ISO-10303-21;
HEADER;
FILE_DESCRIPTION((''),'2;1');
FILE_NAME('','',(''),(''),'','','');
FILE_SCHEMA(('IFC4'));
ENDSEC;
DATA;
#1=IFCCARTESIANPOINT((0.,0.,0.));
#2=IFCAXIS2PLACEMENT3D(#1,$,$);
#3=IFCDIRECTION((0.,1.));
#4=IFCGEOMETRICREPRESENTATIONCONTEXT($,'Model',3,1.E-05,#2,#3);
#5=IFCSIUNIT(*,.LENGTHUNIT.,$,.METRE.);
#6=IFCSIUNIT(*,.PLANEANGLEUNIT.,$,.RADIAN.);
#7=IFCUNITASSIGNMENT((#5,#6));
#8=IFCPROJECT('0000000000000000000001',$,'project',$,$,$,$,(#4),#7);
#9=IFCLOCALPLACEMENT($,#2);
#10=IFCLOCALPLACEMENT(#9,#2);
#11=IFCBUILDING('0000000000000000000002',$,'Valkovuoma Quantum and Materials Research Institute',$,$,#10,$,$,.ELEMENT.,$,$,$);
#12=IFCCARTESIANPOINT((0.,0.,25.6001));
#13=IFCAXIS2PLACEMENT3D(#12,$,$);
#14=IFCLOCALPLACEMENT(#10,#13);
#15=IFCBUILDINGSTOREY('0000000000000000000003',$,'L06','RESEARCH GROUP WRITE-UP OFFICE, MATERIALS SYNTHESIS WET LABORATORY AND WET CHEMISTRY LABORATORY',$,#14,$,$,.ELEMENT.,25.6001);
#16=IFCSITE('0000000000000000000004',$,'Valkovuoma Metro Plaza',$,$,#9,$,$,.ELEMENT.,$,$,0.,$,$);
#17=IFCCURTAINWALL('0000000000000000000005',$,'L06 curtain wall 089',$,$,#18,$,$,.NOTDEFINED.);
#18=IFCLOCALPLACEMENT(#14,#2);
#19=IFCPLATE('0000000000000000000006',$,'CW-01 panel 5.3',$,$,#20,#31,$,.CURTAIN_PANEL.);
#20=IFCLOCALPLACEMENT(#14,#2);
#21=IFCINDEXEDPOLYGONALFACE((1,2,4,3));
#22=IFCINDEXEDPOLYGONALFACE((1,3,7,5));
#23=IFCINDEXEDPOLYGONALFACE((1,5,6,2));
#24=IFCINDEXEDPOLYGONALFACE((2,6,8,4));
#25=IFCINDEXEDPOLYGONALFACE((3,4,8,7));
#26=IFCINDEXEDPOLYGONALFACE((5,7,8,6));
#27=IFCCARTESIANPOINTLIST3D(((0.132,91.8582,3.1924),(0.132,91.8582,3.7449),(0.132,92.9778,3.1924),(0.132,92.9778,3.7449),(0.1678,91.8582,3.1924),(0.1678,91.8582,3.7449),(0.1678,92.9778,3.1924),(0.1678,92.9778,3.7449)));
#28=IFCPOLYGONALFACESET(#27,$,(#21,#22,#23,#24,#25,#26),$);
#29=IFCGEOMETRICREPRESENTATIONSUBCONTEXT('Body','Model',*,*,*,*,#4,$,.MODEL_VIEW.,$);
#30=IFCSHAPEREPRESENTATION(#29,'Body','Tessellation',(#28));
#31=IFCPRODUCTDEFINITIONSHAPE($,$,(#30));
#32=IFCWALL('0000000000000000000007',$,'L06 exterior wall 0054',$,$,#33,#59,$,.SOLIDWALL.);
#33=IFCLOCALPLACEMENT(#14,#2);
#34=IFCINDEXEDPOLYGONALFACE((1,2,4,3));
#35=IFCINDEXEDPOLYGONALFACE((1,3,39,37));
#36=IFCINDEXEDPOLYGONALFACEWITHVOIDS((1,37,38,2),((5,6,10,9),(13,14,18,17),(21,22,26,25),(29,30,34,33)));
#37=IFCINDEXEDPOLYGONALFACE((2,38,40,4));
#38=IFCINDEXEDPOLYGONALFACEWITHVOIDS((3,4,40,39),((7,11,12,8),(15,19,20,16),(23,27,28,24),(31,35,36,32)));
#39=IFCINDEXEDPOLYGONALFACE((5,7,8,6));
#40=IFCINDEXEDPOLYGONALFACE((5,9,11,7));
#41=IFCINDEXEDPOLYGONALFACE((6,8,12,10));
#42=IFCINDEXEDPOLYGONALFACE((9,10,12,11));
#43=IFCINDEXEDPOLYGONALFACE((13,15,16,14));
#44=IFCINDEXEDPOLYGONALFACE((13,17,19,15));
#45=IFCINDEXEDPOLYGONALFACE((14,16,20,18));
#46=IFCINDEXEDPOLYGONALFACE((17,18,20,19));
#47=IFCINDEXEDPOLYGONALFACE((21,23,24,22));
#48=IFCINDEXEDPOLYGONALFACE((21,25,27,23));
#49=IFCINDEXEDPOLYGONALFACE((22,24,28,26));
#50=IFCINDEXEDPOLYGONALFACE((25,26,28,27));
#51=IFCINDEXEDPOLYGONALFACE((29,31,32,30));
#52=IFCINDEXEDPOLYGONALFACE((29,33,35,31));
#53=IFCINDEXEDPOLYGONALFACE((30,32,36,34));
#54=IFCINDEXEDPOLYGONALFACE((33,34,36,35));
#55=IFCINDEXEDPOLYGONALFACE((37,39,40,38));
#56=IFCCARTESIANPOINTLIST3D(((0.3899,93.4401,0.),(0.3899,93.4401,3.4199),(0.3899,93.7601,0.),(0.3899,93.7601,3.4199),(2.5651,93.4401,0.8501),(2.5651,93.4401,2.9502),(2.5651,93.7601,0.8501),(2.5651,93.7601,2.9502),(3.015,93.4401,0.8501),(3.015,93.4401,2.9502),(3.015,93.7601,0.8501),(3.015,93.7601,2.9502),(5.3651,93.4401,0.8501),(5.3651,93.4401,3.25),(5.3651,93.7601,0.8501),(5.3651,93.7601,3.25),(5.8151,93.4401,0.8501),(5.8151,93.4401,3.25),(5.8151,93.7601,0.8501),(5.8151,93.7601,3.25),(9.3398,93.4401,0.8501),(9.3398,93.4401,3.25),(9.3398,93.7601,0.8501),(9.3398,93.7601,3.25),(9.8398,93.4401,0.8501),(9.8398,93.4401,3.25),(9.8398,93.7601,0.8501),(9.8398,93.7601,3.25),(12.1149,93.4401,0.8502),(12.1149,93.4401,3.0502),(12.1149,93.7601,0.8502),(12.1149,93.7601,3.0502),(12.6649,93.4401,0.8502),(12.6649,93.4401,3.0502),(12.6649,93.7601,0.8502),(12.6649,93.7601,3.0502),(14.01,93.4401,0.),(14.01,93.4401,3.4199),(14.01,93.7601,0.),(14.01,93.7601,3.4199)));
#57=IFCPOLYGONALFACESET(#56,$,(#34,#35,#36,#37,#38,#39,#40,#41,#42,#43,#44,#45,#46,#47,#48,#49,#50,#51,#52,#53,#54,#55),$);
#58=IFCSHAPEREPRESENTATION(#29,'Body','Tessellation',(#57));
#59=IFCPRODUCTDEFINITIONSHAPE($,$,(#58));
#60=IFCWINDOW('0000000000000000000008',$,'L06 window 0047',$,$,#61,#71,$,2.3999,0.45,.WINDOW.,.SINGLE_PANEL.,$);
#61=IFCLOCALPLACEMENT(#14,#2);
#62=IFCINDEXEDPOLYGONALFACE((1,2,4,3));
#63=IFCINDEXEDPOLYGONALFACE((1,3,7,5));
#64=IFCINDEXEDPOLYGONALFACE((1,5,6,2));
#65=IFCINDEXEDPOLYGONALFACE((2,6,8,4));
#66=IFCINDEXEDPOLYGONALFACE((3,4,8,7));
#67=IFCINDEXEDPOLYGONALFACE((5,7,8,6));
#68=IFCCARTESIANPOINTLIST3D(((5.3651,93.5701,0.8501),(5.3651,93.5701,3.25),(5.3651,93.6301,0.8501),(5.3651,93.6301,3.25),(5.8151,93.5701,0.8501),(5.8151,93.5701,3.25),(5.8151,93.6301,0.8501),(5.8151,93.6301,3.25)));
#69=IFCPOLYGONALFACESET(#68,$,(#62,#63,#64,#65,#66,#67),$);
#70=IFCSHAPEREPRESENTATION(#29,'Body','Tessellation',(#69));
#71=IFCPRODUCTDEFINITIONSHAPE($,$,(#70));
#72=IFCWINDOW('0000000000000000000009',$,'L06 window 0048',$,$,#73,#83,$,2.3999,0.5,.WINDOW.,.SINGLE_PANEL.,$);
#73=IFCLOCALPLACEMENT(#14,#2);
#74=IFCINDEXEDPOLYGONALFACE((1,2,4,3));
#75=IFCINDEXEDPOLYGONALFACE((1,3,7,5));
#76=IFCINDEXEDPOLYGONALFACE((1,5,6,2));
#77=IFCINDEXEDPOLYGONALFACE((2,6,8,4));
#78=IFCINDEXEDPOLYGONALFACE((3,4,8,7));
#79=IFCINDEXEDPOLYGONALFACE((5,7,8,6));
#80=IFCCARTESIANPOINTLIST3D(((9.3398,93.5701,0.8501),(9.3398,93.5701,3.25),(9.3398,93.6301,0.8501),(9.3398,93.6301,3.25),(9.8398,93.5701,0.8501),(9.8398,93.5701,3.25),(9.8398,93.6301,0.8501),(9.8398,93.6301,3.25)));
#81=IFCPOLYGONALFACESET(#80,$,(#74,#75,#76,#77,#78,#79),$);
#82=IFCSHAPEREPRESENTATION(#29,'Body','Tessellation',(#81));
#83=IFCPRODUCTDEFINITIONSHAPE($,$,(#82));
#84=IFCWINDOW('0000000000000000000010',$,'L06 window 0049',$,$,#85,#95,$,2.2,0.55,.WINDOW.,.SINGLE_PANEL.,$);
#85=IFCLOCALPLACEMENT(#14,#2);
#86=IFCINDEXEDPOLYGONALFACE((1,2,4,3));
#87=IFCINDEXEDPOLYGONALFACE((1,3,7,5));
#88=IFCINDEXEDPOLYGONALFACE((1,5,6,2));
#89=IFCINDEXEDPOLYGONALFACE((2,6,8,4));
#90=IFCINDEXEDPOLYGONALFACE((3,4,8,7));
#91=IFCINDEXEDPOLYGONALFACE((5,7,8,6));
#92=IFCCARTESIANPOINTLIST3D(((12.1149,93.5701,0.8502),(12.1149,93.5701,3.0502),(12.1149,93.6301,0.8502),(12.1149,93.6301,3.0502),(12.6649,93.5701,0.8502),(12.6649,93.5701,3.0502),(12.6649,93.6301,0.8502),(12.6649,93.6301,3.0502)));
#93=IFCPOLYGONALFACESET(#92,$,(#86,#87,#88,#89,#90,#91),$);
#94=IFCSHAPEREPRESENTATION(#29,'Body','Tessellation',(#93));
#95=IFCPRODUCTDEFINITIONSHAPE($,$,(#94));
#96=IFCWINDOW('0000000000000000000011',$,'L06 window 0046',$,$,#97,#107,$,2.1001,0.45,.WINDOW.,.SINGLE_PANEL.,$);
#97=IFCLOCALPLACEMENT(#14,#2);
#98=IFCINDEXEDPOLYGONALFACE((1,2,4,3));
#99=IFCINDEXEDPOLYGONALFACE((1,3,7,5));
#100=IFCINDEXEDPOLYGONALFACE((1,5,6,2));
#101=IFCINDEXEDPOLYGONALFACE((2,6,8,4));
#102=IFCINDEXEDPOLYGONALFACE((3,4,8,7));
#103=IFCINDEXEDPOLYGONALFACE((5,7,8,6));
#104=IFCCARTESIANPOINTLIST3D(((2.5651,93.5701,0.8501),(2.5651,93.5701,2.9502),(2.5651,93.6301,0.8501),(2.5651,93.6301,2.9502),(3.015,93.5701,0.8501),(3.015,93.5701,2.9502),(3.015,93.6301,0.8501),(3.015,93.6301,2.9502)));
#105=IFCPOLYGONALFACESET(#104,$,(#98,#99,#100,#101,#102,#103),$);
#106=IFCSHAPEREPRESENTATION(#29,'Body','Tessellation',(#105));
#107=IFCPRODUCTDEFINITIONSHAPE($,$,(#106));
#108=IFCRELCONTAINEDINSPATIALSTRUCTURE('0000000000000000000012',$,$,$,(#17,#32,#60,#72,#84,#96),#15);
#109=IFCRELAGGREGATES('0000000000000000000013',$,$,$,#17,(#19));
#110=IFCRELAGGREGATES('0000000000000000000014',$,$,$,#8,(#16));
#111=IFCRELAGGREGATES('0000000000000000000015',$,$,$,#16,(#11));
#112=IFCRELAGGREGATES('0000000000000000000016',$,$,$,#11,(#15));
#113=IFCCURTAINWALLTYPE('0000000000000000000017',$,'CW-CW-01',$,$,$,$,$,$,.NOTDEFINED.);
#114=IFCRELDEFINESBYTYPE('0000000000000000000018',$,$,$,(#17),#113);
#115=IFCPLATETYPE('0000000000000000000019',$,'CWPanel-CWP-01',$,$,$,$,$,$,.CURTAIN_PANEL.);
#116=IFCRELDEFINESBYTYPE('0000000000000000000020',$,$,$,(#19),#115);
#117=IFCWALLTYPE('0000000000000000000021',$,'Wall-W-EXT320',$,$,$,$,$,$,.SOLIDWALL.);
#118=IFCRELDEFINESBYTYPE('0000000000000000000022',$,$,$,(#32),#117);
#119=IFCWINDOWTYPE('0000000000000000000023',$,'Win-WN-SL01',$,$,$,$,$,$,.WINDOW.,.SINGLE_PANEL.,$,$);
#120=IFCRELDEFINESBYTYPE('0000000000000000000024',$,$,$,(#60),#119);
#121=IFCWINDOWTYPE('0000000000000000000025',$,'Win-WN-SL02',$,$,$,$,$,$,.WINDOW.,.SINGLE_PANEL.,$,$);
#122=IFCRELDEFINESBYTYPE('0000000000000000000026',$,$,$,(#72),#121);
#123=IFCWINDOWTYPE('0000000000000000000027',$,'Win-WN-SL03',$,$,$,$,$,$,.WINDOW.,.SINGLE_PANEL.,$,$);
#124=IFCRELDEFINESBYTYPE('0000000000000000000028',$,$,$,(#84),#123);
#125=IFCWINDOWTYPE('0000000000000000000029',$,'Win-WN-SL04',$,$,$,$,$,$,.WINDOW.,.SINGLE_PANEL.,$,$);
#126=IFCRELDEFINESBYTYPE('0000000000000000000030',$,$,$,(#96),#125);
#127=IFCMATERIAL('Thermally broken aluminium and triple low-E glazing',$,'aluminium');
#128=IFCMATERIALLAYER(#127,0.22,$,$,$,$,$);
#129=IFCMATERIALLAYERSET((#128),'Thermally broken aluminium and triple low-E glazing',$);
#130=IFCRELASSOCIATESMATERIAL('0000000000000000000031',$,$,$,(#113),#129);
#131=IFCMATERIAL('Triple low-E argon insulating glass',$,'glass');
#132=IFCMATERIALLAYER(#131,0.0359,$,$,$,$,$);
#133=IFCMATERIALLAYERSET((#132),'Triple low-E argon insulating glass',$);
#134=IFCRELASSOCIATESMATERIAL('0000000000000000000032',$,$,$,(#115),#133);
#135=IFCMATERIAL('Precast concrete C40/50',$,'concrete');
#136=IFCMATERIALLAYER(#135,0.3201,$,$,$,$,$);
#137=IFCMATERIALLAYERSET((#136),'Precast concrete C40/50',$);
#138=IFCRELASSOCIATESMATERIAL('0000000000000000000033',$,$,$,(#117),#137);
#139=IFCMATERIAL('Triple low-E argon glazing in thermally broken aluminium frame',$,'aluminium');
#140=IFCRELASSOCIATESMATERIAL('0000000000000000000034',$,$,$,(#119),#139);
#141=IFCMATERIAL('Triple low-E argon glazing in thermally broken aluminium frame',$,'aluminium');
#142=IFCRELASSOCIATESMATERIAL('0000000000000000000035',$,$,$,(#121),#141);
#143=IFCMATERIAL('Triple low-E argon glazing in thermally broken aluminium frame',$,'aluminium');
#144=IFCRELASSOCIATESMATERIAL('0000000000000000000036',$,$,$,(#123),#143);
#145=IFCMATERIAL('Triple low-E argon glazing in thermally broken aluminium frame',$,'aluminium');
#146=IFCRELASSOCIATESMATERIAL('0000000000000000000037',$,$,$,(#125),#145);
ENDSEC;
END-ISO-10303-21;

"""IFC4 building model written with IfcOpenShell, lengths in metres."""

from ifc_helpers import new_model, si_unit, direction, frame, frame_2d, origin, origin_2d, place, context, subcontext, project, spatial, rectangle, extrude, material, layer, layer_set, type_object, element, fill, aggregate, save


model = new_model("IFC4")

# Units and contexts
model_context = context("Model", 3, precision=1e-05, world=origin(), true_north=direction((0.0, 1.0)))
body_context = subcontext(model_context, "Body", "Model", "MODEL_VIEW")
ifc_project = project(units=[si_unit("LENGTHUNIT", "METRE"), si_unit("PLANEANGLEUNIT", "RADIAN")], contexts=[model_context])

# Site, building, storey
site_placement = place(None, origin())
site = spatial("IfcSite", under=ifc_project, at=site_placement, Name="Valkovuoma Metro Plaza", CompositionType="ELEMENT", RefElevation=0.0)
building_placement = place(site_placement, origin())
building = spatial("IfcBuilding", under=site, at=building_placement, Name="Valkovuoma Quantum and Materials Research Institute", CompositionType="ELEMENT")
storey_placement = place(building_placement, frame((0.0, 0.0, 25.6001)))
storey = spatial("IfcBuildingStorey", under=building, at=storey_placement, Name="L06", Description="RESEARCH GROUP WRITE-UP OFFICE, MATERIALS SYNTHESIS WET LABORATORY AND WET CHEMISTRY LABORATORY", CompositionType="ELEMENT", Elevation=25.6001)

# Curtain wall, plate
ifc_material_1 = material(Name="Thermally broken aluminium and triple low-E glazing", Category="aluminium")
ifc_layer_1 = layer(ifc_material_1, 0.22)
ifc_layer_set_1 = layer_set([ifc_layer_1], Name="Thermally broken aluminium and triple low-E glazing")
curtain_wall_type = type_object("IfcCurtainWallType", Name="CW-CW-01", PredefinedType="NOTDEFINED", material=ifc_layer_set_1)
curtain_wall_placement = place(storey_placement, origin())
curtain_wall = element("IfcCurtainWall", 1, at=curtain_wall_placement, inside=storey, type_object=curtain_wall_type, Name="L06 curtain wall 089", PredefinedType="NOTDEFINED")
ifc_material_2 = material(Name="Triple low-E argon insulating glass", Category="glass")
ifc_layer_2 = layer(ifc_material_2, 0.0359)
ifc_layer_set_2 = layer_set([ifc_layer_2], Name="Triple low-E argon insulating glass")
plate_type = type_object("IfcPlateType", Name="CWPanel-CWP-01", PredefinedType="CURTAIN_PANEL", material=ifc_layer_set_2)
plate_1_placement = place(storey_placement, frame((0.1499, 92.418, 3.1924), z_axis=(0.0, 0.0, 1.0), x_axis=(0.0, 1.0, 0.0)))
plate_1 = element("IfcPlate", 2, at=plate_1_placement, type_object=plate_type, Name="CW-01 panel 5.3", PredefinedType="CURTAIN_PANEL", context=body_context, shape_type="SweptSolid", body=[
    extrude(rectangle(XDim=1.1196, YDim=0.0359, at=origin_2d()), origin(), (0.0, 0.0, 1.0), 0.5525),
])
aggregate(curtain_wall, [plate_1])

# Wall, openings, windows
ifc_material_3 = material(Name="Precast concrete C40/50", Category="concrete")
ifc_layer_3 = layer(ifc_material_3, 0.3201)
ifc_layer_set_3 = layer_set([ifc_layer_3], Name="Precast concrete C40/50")
wall_type = type_object("IfcWallType", Name="Wall-W-EXT320", PredefinedType="SOLIDWALL", material=ifc_layer_set_3)
wall_placement = place(storey_placement, frame((0.3899, 93.6001, 0.0), z_axis=(0.0, 0.0, 1.0), x_axis=(1.0, 0.0, 0.0)))
wall = element("IfcWall", 3, at=wall_placement, inside=storey, type_object=wall_type, Name="L06 exterior wall 0054", PredefinedType="SOLIDWALL", context=body_context, shape_type="SweptSolid", body=[
    extrude(rectangle(XDim=13.6201, YDim=0.3201, at=frame_2d((6.8101, 0.0))), origin(), (0.0, 0.0, 1.0), 3.4199),
])
opening_1_placement = place(wall_placement, frame((2.175, 0.0, 0.8501)))
opening_1 = element("IfcOpeningElement", 4, at=opening_1_placement, cuts=wall, PredefinedType="OPENING", context=body_context, shape_type="SweptSolid", body=[
    extrude(rectangle(XDim=0.45, YDim=2.1001, at=frame_2d((0.2251, 1.05))), frame((0.0, 0.1699, 0.0), z_axis=(0.0, -1.0, 0.0), x_axis=(1.0, 0.0, 0.0)), (0.0, 0.0, 1.0), 0.3401),
])
opening_2_placement = place(wall_placement, frame((4.9751, 0.0, 0.8501)))
opening_2 = element("IfcOpeningElement", 5, at=opening_2_placement, cuts=wall, PredefinedType="OPENING", context=body_context, shape_type="SweptSolid", body=[
    extrude(rectangle(XDim=0.45, YDim=2.3999, at=frame_2d((0.2251, 1.2))), frame((0.0, 0.1699, 0.0), z_axis=(0.0, -1.0, 0.0), x_axis=(1.0, 0.0, 0.0)), (0.0, 0.0, 1.0), 0.3401),
])
opening_3_placement = place(wall_placement, frame((8.95, 0.0, 0.8501)))
opening_3 = element("IfcOpeningElement", 6, at=opening_3_placement, cuts=wall, PredefinedType="OPENING", context=body_context, shape_type="SweptSolid", body=[
    extrude(rectangle(XDim=0.5, YDim=2.3999, at=frame_2d((0.25, 1.2))), frame((0.0, 0.1699, 0.0), z_axis=(0.0, -1.0, 0.0), x_axis=(1.0, 0.0, 0.0)), (0.0, 0.0, 1.0), 0.3401),
])
opening_4_placement = place(wall_placement, frame((11.7251, 0.0, 0.8501)))
opening_4 = element("IfcOpeningElement", 7, at=opening_4_placement, cuts=wall, PredefinedType="OPENING", context=body_context, shape_type="SweptSolid", body=[
    extrude(rectangle(XDim=0.55, YDim=2.2, at=frame_2d((0.2749, 1.1001))), frame((0.0, 0.1699, 0.0), z_axis=(0.0, -1.0, 0.0), x_axis=(1.0, 0.0, 0.0)), (0.0, 0.0, 1.0), 0.3401),
])
ifc_material_4 = material(Name="Triple low-E argon glazing in thermally broken aluminium frame", Category="aluminium")
window_type_1 = type_object("IfcWindowType", Name="Win-WN-SL01", PartitioningType="SINGLE_PANEL", PredefinedType="WINDOW", material=ifc_material_4)
window_1_placement = place(opening_2_placement, origin())
window_1 = element("IfcWindow", 8, at=window_1_placement, inside=storey, type_object=window_type_1, Name="L06 window 0047", OverallHeight=2.3999, OverallWidth=0.45, PartitioningType="SINGLE_PANEL", PredefinedType="WINDOW", context=body_context, shape_type="SweptSolid", body=[
    extrude(rectangle(XDim=0.45, YDim=2.3999, at=frame_2d((0.2251, 1.2))), frame((0.0, 0.03, 0.0), z_axis=(0.0, -1.0, 0.0), x_axis=(1.0, 0.0, 0.0)), (0.0, 0.0, 1.0), 0.0601),
])
fill(opening_2, window_1)
ifc_material_5 = material(Name="Triple low-E argon glazing in thermally broken aluminium frame", Category="aluminium")
window_type_2 = type_object("IfcWindowType", Name="Win-WN-SL02", PartitioningType="SINGLE_PANEL", PredefinedType="WINDOW", material=ifc_material_5)
window_2_placement = place(opening_3_placement, origin())
window_2 = element("IfcWindow", 9, at=window_2_placement, inside=storey, type_object=window_type_2, Name="L06 window 0048", OverallHeight=2.3999, OverallWidth=0.5, PartitioningType="SINGLE_PANEL", PredefinedType="WINDOW", context=body_context, shape_type="SweptSolid", body=[
    extrude(rectangle(XDim=0.5, YDim=2.3999, at=frame_2d((0.25, 1.2))), frame((0.0, 0.03, 0.0), z_axis=(0.0, -1.0, 0.0), x_axis=(1.0, 0.0, 0.0)), (0.0, 0.0, 1.0), 0.0601),
])
fill(opening_3, window_2)
ifc_material_6 = material(Name="Triple low-E argon glazing in thermally broken aluminium frame", Category="aluminium")
window_type_3 = type_object("IfcWindowType", Name="Win-WN-SL03", PartitioningType="SINGLE_PANEL", PredefinedType="WINDOW", material=ifc_material_6)
window_3_placement = place(opening_4_placement, origin())
window_3 = element("IfcWindow", 10, at=window_3_placement, inside=storey, type_object=window_type_3, Name="L06 window 0049", OverallHeight=2.2, OverallWidth=0.55, PartitioningType="SINGLE_PANEL", PredefinedType="WINDOW", context=body_context, shape_type="SweptSolid", body=[
    extrude(rectangle(XDim=0.55, YDim=2.2, at=frame_2d((0.2749, 1.1001))), frame((0.0, 0.03, 0.0), z_axis=(0.0, -1.0, 0.0), x_axis=(1.0, 0.0, 0.0)), (0.0, 0.0, 1.0), 0.0601),
])
fill(opening_4, window_3)
ifc_material_7 = material(Name="Triple low-E argon glazing in thermally broken aluminium frame", Category="aluminium")
window_type_4 = type_object("IfcWindowType", Name="Win-WN-SL04", PartitioningType="SINGLE_PANEL", PredefinedType="WINDOW", material=ifc_material_7)
window_4_placement = place(opening_1_placement, origin())
window_4 = element("IfcWindow", 11, at=window_4_placement, inside=storey, type_object=window_type_4, Name="L06 window 0046", OverallHeight=2.1001, OverallWidth=0.45, PartitioningType="SINGLE_PANEL", PredefinedType="WINDOW", context=body_context, shape_type="SweptSolid", body=[
    extrude(rectangle(XDim=0.45, YDim=2.1001, at=frame_2d((0.2251, 1.05))), frame((0.0, 0.03, 0.0), z_axis=(0.0, -1.0, 0.0), x_axis=(1.0, 0.0, 0.0)), (0.0, 0.0, 1.0), 0.0601),
])
fill(opening_1, window_4)

save(model, "model.ifc")
